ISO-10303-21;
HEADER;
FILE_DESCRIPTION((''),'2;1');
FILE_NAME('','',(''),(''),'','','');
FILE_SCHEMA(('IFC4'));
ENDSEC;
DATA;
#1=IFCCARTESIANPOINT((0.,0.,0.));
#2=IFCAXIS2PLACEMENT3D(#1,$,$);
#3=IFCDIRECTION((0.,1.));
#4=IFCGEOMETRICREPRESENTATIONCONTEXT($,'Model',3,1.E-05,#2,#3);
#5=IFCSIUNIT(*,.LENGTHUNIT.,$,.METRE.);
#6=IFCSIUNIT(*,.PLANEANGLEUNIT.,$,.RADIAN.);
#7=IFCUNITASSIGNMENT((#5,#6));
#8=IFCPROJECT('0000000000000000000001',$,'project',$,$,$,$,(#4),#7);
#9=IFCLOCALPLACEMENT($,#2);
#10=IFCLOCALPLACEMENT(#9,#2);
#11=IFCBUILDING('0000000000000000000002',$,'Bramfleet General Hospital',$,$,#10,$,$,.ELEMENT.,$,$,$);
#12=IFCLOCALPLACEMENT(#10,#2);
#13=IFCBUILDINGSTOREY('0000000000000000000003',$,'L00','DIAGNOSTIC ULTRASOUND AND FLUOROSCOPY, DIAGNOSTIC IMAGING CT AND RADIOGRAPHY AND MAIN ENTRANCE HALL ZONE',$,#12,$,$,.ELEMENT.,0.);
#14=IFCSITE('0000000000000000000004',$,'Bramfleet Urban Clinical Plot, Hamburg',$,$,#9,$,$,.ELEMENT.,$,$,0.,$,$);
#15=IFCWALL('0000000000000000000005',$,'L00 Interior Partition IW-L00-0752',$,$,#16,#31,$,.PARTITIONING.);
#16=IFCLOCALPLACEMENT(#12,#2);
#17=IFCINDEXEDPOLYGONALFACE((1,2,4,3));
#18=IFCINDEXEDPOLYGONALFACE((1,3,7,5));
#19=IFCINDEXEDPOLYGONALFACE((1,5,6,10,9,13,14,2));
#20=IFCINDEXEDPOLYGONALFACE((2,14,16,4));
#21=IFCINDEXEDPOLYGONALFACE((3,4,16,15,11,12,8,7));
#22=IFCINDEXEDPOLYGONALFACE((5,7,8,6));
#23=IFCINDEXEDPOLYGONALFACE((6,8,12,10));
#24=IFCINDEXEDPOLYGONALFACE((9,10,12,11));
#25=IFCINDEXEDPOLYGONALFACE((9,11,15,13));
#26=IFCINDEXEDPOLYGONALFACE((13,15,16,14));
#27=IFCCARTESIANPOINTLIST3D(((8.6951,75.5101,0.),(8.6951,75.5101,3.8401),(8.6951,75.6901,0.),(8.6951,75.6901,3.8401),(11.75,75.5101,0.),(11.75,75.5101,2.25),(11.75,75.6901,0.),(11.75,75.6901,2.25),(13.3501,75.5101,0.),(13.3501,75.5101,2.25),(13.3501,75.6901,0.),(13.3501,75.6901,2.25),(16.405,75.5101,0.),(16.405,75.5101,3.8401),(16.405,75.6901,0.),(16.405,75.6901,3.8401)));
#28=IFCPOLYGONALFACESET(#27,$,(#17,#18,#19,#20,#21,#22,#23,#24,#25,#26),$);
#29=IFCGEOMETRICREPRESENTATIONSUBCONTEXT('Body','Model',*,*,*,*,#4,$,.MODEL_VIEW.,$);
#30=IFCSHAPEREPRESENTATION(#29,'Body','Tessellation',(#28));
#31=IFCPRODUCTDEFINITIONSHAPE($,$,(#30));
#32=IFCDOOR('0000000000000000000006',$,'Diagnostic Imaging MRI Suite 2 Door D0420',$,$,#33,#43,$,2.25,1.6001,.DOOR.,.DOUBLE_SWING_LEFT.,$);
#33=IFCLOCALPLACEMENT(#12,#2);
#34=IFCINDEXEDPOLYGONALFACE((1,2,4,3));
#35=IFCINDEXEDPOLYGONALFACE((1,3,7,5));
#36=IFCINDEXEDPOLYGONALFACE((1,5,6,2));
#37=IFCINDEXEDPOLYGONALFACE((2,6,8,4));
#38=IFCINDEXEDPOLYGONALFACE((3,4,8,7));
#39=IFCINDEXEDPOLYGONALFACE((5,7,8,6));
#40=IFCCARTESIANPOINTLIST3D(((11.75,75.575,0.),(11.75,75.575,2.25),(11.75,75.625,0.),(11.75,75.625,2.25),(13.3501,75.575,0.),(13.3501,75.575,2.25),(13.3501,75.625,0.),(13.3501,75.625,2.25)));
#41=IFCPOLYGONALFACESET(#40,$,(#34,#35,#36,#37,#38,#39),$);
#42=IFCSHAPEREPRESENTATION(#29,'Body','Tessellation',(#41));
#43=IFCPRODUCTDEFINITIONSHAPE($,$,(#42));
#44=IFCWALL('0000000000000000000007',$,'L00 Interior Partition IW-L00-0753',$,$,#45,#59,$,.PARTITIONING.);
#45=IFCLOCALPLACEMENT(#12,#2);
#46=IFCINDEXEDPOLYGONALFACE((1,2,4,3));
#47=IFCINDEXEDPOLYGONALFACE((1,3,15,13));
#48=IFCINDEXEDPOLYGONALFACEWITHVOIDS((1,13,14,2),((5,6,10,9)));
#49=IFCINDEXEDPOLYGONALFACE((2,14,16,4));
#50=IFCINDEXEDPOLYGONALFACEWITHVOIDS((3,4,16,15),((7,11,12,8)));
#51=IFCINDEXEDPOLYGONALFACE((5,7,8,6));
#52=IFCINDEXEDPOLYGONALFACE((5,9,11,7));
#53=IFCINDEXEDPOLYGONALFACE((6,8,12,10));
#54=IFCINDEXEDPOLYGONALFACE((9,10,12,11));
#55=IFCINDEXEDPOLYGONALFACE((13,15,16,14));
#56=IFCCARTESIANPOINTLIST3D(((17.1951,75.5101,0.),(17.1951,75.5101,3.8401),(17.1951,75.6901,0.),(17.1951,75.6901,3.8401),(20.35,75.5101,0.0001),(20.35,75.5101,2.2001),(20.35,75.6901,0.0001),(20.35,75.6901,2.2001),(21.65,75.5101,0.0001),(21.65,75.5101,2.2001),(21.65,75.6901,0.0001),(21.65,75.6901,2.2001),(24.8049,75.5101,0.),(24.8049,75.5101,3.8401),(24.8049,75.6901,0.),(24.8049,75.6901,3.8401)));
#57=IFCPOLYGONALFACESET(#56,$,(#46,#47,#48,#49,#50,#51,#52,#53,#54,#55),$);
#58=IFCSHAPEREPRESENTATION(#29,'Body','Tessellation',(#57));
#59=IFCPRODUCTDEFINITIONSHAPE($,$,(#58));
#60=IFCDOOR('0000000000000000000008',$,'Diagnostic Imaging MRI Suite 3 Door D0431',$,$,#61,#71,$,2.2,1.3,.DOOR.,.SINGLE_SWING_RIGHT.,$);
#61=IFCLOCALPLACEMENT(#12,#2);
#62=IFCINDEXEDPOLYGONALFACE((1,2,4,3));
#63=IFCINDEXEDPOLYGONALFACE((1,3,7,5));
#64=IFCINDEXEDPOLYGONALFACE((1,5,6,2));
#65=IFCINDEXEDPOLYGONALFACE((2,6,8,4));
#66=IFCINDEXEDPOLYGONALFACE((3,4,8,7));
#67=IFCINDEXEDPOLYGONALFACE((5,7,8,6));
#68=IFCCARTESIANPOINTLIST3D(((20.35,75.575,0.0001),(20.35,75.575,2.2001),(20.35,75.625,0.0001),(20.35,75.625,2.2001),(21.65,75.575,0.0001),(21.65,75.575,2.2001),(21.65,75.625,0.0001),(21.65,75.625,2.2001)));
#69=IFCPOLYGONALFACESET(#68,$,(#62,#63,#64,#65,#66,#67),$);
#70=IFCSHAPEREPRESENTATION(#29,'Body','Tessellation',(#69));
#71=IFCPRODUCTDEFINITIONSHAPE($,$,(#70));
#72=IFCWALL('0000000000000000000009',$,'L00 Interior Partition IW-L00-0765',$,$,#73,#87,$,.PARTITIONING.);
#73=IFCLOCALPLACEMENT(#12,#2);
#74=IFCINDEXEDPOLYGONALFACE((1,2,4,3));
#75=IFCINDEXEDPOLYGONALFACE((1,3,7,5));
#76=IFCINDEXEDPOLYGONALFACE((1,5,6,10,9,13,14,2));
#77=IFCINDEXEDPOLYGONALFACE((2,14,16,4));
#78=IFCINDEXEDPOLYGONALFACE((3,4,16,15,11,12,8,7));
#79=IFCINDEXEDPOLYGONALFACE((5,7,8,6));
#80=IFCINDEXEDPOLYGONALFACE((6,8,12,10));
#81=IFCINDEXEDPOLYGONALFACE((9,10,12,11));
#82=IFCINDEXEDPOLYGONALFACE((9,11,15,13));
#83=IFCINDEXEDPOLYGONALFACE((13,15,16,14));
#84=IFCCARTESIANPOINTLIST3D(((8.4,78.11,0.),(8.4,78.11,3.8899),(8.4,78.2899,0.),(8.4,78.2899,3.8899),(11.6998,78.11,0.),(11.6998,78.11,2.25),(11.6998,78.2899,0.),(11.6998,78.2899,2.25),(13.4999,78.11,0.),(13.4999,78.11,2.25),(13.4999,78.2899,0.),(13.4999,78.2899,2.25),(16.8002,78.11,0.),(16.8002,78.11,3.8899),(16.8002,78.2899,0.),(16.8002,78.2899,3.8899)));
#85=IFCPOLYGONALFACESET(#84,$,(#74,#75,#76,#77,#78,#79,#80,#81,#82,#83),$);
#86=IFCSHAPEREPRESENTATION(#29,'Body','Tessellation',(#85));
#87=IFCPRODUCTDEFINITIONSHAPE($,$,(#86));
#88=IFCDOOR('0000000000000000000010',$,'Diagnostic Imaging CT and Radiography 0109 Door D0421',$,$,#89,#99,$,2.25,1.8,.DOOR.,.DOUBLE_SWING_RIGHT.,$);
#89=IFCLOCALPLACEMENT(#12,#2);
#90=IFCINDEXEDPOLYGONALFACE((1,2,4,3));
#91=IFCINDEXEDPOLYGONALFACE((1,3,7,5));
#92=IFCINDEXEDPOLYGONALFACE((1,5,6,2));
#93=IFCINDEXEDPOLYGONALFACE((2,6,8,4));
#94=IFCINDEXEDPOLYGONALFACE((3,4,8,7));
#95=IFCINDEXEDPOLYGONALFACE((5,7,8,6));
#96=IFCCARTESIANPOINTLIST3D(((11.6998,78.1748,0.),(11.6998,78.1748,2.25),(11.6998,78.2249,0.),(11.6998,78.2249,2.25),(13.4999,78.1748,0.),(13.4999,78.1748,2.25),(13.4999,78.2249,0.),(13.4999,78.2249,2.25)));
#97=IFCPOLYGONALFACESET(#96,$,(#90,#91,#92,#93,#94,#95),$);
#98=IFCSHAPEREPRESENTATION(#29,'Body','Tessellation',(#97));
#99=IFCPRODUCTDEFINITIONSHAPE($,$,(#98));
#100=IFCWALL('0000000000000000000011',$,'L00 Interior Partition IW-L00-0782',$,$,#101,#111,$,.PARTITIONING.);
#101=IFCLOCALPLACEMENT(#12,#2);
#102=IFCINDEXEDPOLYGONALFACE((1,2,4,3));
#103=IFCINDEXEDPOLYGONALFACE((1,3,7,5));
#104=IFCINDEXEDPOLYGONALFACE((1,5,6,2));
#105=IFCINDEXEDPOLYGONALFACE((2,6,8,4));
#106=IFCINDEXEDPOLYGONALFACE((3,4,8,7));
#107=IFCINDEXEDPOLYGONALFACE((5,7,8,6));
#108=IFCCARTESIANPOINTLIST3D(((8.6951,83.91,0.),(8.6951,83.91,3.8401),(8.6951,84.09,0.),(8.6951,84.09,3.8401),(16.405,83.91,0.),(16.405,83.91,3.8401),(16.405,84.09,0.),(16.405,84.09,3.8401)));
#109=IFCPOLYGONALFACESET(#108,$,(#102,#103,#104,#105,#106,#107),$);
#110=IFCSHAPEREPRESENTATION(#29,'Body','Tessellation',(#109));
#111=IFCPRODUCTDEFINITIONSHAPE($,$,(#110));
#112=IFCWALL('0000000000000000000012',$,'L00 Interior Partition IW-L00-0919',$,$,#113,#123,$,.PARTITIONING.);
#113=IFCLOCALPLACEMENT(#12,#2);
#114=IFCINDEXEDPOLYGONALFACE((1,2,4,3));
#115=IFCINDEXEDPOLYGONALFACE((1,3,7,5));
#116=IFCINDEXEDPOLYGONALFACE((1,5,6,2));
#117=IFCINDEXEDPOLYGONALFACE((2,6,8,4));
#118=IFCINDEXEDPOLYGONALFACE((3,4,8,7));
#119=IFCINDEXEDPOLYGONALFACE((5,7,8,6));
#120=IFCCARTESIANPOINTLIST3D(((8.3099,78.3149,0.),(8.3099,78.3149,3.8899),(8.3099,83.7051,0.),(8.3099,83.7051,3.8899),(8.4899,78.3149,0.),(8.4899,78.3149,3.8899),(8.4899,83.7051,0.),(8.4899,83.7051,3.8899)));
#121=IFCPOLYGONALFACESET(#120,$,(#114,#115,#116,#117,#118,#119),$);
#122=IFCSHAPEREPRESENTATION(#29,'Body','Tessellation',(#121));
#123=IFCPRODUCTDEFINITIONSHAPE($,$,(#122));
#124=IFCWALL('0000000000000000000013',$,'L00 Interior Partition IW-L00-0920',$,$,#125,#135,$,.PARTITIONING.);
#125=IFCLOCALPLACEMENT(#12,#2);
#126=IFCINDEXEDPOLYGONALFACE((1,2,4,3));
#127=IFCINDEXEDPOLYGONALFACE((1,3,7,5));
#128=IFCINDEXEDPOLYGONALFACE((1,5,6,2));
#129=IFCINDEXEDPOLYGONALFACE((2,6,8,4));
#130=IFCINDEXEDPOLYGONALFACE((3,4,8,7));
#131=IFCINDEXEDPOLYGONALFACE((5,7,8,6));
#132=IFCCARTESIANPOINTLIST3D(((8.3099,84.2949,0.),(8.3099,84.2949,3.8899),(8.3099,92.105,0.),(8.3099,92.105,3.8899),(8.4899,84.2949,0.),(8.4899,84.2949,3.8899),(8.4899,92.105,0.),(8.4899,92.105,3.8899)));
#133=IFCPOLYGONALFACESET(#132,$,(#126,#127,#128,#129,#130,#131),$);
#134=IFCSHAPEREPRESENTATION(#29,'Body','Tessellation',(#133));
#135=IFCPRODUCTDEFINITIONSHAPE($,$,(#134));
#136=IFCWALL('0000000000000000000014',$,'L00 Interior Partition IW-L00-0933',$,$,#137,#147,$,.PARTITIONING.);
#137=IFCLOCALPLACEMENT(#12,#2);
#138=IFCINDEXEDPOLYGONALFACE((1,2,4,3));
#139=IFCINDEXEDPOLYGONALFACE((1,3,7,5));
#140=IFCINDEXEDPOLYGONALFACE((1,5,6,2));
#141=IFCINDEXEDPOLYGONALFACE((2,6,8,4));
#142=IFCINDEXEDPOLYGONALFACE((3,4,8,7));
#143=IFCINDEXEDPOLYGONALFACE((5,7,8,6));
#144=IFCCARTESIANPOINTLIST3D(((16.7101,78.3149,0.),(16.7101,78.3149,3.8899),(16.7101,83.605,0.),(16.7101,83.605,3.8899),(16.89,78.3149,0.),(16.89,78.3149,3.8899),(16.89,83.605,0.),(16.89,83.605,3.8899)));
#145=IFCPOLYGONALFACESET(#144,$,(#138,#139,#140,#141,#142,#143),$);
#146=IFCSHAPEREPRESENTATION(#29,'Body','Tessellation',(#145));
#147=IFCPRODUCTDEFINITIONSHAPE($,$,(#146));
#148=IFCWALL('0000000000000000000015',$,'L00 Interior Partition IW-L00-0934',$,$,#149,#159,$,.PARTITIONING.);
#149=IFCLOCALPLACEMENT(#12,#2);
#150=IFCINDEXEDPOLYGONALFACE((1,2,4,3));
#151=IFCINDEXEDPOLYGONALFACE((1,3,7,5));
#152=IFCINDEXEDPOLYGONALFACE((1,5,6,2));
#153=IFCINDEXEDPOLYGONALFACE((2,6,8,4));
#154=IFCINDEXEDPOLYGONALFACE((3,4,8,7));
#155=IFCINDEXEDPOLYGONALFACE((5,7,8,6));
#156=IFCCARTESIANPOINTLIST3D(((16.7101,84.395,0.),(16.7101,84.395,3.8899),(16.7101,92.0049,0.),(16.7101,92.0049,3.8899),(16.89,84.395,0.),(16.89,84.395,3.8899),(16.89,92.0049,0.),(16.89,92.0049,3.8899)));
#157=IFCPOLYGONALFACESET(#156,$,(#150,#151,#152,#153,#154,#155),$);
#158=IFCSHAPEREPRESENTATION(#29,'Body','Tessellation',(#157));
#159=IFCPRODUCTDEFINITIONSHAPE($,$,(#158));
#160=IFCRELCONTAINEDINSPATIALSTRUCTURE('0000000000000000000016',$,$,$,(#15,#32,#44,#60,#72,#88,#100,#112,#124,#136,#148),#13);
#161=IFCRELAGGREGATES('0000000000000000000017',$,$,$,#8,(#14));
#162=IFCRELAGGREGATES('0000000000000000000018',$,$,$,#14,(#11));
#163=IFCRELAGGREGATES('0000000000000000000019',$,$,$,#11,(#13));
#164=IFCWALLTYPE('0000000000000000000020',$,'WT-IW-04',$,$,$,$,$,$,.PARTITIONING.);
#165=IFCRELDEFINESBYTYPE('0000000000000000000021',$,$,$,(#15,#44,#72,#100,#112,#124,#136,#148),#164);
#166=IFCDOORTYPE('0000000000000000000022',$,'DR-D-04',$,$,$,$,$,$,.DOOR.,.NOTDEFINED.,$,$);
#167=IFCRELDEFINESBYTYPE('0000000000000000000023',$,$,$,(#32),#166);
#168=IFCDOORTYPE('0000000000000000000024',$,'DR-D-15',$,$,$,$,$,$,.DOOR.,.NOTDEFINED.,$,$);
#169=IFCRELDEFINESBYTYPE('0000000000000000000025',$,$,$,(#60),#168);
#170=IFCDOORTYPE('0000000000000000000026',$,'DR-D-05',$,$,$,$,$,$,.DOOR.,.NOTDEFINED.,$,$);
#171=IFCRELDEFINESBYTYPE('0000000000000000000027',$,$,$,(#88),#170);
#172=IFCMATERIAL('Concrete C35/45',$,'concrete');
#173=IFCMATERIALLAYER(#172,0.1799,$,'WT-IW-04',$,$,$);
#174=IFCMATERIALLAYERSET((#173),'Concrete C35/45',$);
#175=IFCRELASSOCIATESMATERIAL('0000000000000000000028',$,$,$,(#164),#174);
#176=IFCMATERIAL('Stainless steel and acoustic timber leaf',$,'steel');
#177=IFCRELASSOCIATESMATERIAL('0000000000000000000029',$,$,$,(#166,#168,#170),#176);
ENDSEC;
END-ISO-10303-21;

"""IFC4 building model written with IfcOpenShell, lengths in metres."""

from ifc_helpers import new_model, si_unit, direction, frame, frame_2d, origin, place, context, subcontext, project, spatial, rectangle, extrude, material, layer, layer_set, type_object, element, fill, save


model = new_model("IFC4")

# Units and contexts
model_context = context("Model", 3, precision=1e-05, world=origin(), true_north=direction((0.0, 1.0)))
body_context = subcontext(model_context, "Body", "Model", "MODEL_VIEW")
ifc_project = project(units=[si_unit("LENGTHUNIT", "METRE"), si_unit("PLANEANGLEUNIT", "RADIAN")], contexts=[model_context])

# Site, building, storey
site_placement = place(None, origin())
site = spatial("IfcSite", under=ifc_project, at=site_placement, Name="Bramfleet Urban Clinical Plot, Hamburg", CompositionType="ELEMENT", RefElevation=0.0)
building_placement = place(site_placement, origin())
building = spatial("IfcBuilding", under=site, at=building_placement, Name="Bramfleet General Hospital", CompositionType="ELEMENT")
storey_placement = place(building_placement, origin())
storey = spatial("IfcBuildingStorey", under=building, at=storey_placement, Name="L00", Description="DIAGNOSTIC ULTRASOUND AND FLUOROSCOPY, DIAGNOSTIC IMAGING CT AND RADIOGRAPHY AND MAIN ENTRANCE HALL ZONE", CompositionType="ELEMENT", Elevation=0.0)

# Shared definitions
ifc_material_1 = material(Name="Concrete C35/45", Category="concrete")

# Walls, openings, doors
ifc_layer_1 = layer(ifc_material_1, 0.1799, Name="WT-IW-04")
ifc_layer_set_1 = layer_set([ifc_layer_1], Name="Concrete C35/45")
wall_type_1 = type_object("IfcWallType", Name="WT-IW-04", PredefinedType="PARTITIONING", material=ifc_layer_set_1)
wall_1_placement = place(storey_placement, frame((8.6951, 75.6001, 0.0), z_axis=(0.0, 0.0, 1.0), x_axis=(1.0, 0.0, 0.0)))
wall_1 = element("IfcWall", 1, at=wall_1_placement, inside=storey, type_object=wall_type_1, Name="L00 Interior Partition IW-L00-0752", PredefinedType="PARTITIONING", context=body_context, shape_type="SweptSolid", body=[
    extrude(rectangle(XDim=7.71, YDim=0.1799, at=frame_2d((3.855, 0.0))), origin(), (0.0, 0.0, 1.0), 3.8401),
])
opening_1_placement = place(wall_1_placement, frame((3.0549, 0.0, 0.0)))
opening_1 = element("IfcOpeningElement", 2, at=opening_1_placement, cuts=wall_1, PredefinedType="OPENING", context=body_context, shape_type="SweptSolid", body=[
    extrude(rectangle(XDim=1.6001, YDim=2.25, at=frame_2d((0.8, 1.125))), frame((0.0, 0.0999, 0.0), z_axis=(0.0, -1.0, 0.0), x_axis=(1.0, 0.0, 0.0)), (0.0, 0.0, 1.0), 0.2),
])
ifc_material_2 = material(Name="Stainless steel and acoustic timber leaf", Category="steel")
door_type_1 = type_object("IfcDoorType", Name="DR-D-04", OperationType="NOTDEFINED", PredefinedType="DOOR", material=ifc_material_2)
door_1_placement = place(opening_1_placement, origin())
door_1 = element("IfcDoor", 3, at=door_1_placement, inside=storey, type_object=door_type_1, Name="Diagnostic Imaging MRI Suite 2 Door D0420", OperationType="DOUBLE_SWING_LEFT", OverallHeight=2.25, OverallWidth=1.6001, PredefinedType="DOOR", context=body_context, shape_type="SweptSolid", body=[
    extrude(rectangle(XDim=1.6001, YDim=2.25, at=frame_2d((0.8, 1.125))), frame((0.0, 0.0249, 0.0), z_axis=(0.0, -1.0, 0.0), x_axis=(1.0, 0.0, 0.0)), (0.0, 0.0, 1.0), 0.05),
])
fill(opening_1, door_1)
wall_2_placement = place(storey_placement, frame((17.1951, 75.6001, 0.0), z_axis=(0.0, 0.0, 1.0), x_axis=(1.0, 0.0, 0.0)))
wall_2 = element("IfcWall", 4, at=wall_2_placement, inside=storey, type_object=wall_type_1, Name="L00 Interior Partition IW-L00-0753", PredefinedType="PARTITIONING", context=body_context, shape_type="SweptSolid", body=[
    extrude(rectangle(XDim=7.6099, YDim=0.1799, at=frame_2d((3.8049, 0.0))), origin(), (0.0, 0.0, 1.0), 3.8401),
])
opening_2_placement = place(wall_2_placement, frame((3.155, 0.0, 0.0)))
opening_2 = element("IfcOpeningElement", 5, at=opening_2_placement, cuts=wall_2, PredefinedType="OPENING", context=body_context, shape_type="SweptSolid", body=[
    extrude(rectangle(XDim=1.3, YDim=2.2, at=frame_2d((0.6499, 1.1001))), frame((0.0, 0.0999, 0.0), z_axis=(0.0, -1.0, 0.0), x_axis=(1.0, 0.0, 0.0)), (0.0, 0.0, 1.0), 0.2),
])
door_type_2 = type_object("IfcDoorType", Name="DR-D-15", OperationType="NOTDEFINED", PredefinedType="DOOR", material=ifc_material_2)
door_2_placement = place(opening_2_placement, origin())
door_2 = element("IfcDoor", 6, at=door_2_placement, inside=storey, type_object=door_type_2, Name="Diagnostic Imaging MRI Suite 3 Door D0431", OperationType="SINGLE_SWING_RIGHT", OverallHeight=2.2, OverallWidth=1.3, PredefinedType="DOOR", context=body_context, shape_type="SweptSolid", body=[
    extrude(rectangle(XDim=1.3, YDim=2.2, at=frame_2d((0.6499, 1.1001))), frame((0.0, 0.0249, 0.0), z_axis=(0.0, -1.0, 0.0), x_axis=(1.0, 0.0, 0.0)), (0.0, 0.0, 1.0), 0.05),
])
fill(opening_2, door_2)
wall_3_placement = place(storey_placement, frame((8.3999, 78.2, 0.0), z_axis=(0.0, 0.0, 1.0), x_axis=(1.0, 0.0, 0.0)))
wall_3 = element("IfcWall", 7, at=wall_3_placement, inside=storey, type_object=wall_type_1, Name="L00 Interior Partition IW-L00-0765", PredefinedType="PARTITIONING", context=body_context, shape_type="SweptSolid", body=[
    extrude(rectangle(XDim=8.4001, YDim=0.1799, at=frame_2d((4.2002, 0.0))), origin(), (0.0, 0.0, 1.0), 3.8899),
])
opening_3_placement = place(wall_3_placement, frame((3.3, 0.0, 0.0)))
opening_3 = element("IfcOpeningElement", 8, at=opening_3_placement, cuts=wall_3, PredefinedType="OPENING", context=body_context, shape_type="SweptSolid", body=[
    extrude(rectangle(XDim=1.8, YDim=2.25, at=frame_2d((0.8999, 1.125))), frame((0.0, 0.0999, 0.0), z_axis=(0.0, -1.0, 0.0), x_axis=(1.0, 0.0, 0.0)), (0.0, 0.0, 1.0), 0.2),
])
door_type_3 = type_object("IfcDoorType", Name="DR-D-05", OperationType="NOTDEFINED", PredefinedType="DOOR", material=ifc_material_2)
door_3_placement = place(opening_3_placement, origin())
door_3 = element("IfcDoor", 9, at=door_3_placement, inside=storey, type_object=door_type_3, Name="Diagnostic Imaging CT and Radiography 0109 Door D0421", OperationType="DOUBLE_SWING_RIGHT", OverallHeight=2.25, OverallWidth=1.8, PredefinedType="DOOR", context=body_context, shape_type="SweptSolid", body=[
    extrude(rectangle(XDim=1.8, YDim=2.25, at=frame_2d((0.8999, 1.125))), frame((0.0, 0.0249, 0.0), z_axis=(0.0, -1.0, 0.0), x_axis=(1.0, 0.0, 0.0)), (0.0, 0.0, 1.0), 0.05),
])
fill(opening_3, door_3)

# Walls
wall_4_placement = place(storey_placement, frame((8.6951, 84.0, 0.0), z_axis=(0.0, 0.0, 1.0), x_axis=(1.0, 0.0, 0.0)))
element("IfcWall", 10, at=wall_4_placement, inside=storey, type_object=wall_type_1, Name="L00 Interior Partition IW-L00-0782", PredefinedType="PARTITIONING", context=body_context, shape_type="SweptSolid", body=[
    extrude(rectangle(XDim=7.71, YDim=0.1799, at=frame_2d((3.855, 0.0))), origin(), (0.0, 0.0, 1.0), 3.8401),
])
wall_5_placement = place(storey_placement, frame((8.3999, 78.3149, 0.0), z_axis=(0.0, 0.0, 1.0), x_axis=(0.0, 1.0, 0.0)))
element("IfcWall", 11, at=wall_5_placement, inside=storey, type_object=wall_type_1, Name="L00 Interior Partition IW-L00-0919", PredefinedType="PARTITIONING", context=body_context, shape_type="SweptSolid", body=[
    extrude(rectangle(XDim=5.3901, YDim=0.1799, at=frame_2d((2.6951, 0.0))), origin(), (0.0, 0.0, 1.0), 3.8899),
])
wall_6_placement = place(storey_placement, frame((8.3999, 84.2949, 0.0), z_axis=(0.0, 0.0, 1.0), x_axis=(0.0, 1.0, 0.0)))
element("IfcWall", 12, at=wall_6_placement, inside=storey, type_object=wall_type_1, Name="L00 Interior Partition IW-L00-0920", PredefinedType="PARTITIONING", context=body_context, shape_type="SweptSolid", body=[
    extrude(rectangle(XDim=7.8101, YDim=0.1799, at=frame_2d((3.905, 0.0))), origin(), (0.0, 0.0, 1.0), 3.8899),
])
wall_7_placement = place(storey_placement, frame((16.8, 78.3149, 0.0), z_axis=(0.0, 0.0, 1.0), x_axis=(0.0, 1.0, 0.0)))
element("IfcWall", 13, at=wall_7_placement, inside=storey, type_object=wall_type_1, Name="L00 Interior Partition IW-L00-0933", PredefinedType="PARTITIONING", context=body_context, shape_type="SweptSolid", body=[
    extrude(rectangle(XDim=5.29, YDim=0.1799, at=frame_2d((2.645, 0.0))), origin(), (0.0, 0.0, 1.0), 3.8899),
])
wall_8_placement = place(storey_placement, frame((16.8, 84.395, 0.0), z_axis=(0.0, 0.0, 1.0), x_axis=(0.0, 1.0, 0.0)))
element("IfcWall", 14, at=wall_8_placement, inside=storey, type_object=wall_type_1, Name="L00 Interior Partition IW-L00-0934", PredefinedType="PARTITIONING", context=body_context, shape_type="SweptSolid", body=[
    extrude(rectangle(XDim=7.6099, YDim=0.1799, at=frame_2d((3.8049, 0.0))), origin(), (0.0, 0.0, 1.0), 3.8899),
])

save(model, "model.ifc")
